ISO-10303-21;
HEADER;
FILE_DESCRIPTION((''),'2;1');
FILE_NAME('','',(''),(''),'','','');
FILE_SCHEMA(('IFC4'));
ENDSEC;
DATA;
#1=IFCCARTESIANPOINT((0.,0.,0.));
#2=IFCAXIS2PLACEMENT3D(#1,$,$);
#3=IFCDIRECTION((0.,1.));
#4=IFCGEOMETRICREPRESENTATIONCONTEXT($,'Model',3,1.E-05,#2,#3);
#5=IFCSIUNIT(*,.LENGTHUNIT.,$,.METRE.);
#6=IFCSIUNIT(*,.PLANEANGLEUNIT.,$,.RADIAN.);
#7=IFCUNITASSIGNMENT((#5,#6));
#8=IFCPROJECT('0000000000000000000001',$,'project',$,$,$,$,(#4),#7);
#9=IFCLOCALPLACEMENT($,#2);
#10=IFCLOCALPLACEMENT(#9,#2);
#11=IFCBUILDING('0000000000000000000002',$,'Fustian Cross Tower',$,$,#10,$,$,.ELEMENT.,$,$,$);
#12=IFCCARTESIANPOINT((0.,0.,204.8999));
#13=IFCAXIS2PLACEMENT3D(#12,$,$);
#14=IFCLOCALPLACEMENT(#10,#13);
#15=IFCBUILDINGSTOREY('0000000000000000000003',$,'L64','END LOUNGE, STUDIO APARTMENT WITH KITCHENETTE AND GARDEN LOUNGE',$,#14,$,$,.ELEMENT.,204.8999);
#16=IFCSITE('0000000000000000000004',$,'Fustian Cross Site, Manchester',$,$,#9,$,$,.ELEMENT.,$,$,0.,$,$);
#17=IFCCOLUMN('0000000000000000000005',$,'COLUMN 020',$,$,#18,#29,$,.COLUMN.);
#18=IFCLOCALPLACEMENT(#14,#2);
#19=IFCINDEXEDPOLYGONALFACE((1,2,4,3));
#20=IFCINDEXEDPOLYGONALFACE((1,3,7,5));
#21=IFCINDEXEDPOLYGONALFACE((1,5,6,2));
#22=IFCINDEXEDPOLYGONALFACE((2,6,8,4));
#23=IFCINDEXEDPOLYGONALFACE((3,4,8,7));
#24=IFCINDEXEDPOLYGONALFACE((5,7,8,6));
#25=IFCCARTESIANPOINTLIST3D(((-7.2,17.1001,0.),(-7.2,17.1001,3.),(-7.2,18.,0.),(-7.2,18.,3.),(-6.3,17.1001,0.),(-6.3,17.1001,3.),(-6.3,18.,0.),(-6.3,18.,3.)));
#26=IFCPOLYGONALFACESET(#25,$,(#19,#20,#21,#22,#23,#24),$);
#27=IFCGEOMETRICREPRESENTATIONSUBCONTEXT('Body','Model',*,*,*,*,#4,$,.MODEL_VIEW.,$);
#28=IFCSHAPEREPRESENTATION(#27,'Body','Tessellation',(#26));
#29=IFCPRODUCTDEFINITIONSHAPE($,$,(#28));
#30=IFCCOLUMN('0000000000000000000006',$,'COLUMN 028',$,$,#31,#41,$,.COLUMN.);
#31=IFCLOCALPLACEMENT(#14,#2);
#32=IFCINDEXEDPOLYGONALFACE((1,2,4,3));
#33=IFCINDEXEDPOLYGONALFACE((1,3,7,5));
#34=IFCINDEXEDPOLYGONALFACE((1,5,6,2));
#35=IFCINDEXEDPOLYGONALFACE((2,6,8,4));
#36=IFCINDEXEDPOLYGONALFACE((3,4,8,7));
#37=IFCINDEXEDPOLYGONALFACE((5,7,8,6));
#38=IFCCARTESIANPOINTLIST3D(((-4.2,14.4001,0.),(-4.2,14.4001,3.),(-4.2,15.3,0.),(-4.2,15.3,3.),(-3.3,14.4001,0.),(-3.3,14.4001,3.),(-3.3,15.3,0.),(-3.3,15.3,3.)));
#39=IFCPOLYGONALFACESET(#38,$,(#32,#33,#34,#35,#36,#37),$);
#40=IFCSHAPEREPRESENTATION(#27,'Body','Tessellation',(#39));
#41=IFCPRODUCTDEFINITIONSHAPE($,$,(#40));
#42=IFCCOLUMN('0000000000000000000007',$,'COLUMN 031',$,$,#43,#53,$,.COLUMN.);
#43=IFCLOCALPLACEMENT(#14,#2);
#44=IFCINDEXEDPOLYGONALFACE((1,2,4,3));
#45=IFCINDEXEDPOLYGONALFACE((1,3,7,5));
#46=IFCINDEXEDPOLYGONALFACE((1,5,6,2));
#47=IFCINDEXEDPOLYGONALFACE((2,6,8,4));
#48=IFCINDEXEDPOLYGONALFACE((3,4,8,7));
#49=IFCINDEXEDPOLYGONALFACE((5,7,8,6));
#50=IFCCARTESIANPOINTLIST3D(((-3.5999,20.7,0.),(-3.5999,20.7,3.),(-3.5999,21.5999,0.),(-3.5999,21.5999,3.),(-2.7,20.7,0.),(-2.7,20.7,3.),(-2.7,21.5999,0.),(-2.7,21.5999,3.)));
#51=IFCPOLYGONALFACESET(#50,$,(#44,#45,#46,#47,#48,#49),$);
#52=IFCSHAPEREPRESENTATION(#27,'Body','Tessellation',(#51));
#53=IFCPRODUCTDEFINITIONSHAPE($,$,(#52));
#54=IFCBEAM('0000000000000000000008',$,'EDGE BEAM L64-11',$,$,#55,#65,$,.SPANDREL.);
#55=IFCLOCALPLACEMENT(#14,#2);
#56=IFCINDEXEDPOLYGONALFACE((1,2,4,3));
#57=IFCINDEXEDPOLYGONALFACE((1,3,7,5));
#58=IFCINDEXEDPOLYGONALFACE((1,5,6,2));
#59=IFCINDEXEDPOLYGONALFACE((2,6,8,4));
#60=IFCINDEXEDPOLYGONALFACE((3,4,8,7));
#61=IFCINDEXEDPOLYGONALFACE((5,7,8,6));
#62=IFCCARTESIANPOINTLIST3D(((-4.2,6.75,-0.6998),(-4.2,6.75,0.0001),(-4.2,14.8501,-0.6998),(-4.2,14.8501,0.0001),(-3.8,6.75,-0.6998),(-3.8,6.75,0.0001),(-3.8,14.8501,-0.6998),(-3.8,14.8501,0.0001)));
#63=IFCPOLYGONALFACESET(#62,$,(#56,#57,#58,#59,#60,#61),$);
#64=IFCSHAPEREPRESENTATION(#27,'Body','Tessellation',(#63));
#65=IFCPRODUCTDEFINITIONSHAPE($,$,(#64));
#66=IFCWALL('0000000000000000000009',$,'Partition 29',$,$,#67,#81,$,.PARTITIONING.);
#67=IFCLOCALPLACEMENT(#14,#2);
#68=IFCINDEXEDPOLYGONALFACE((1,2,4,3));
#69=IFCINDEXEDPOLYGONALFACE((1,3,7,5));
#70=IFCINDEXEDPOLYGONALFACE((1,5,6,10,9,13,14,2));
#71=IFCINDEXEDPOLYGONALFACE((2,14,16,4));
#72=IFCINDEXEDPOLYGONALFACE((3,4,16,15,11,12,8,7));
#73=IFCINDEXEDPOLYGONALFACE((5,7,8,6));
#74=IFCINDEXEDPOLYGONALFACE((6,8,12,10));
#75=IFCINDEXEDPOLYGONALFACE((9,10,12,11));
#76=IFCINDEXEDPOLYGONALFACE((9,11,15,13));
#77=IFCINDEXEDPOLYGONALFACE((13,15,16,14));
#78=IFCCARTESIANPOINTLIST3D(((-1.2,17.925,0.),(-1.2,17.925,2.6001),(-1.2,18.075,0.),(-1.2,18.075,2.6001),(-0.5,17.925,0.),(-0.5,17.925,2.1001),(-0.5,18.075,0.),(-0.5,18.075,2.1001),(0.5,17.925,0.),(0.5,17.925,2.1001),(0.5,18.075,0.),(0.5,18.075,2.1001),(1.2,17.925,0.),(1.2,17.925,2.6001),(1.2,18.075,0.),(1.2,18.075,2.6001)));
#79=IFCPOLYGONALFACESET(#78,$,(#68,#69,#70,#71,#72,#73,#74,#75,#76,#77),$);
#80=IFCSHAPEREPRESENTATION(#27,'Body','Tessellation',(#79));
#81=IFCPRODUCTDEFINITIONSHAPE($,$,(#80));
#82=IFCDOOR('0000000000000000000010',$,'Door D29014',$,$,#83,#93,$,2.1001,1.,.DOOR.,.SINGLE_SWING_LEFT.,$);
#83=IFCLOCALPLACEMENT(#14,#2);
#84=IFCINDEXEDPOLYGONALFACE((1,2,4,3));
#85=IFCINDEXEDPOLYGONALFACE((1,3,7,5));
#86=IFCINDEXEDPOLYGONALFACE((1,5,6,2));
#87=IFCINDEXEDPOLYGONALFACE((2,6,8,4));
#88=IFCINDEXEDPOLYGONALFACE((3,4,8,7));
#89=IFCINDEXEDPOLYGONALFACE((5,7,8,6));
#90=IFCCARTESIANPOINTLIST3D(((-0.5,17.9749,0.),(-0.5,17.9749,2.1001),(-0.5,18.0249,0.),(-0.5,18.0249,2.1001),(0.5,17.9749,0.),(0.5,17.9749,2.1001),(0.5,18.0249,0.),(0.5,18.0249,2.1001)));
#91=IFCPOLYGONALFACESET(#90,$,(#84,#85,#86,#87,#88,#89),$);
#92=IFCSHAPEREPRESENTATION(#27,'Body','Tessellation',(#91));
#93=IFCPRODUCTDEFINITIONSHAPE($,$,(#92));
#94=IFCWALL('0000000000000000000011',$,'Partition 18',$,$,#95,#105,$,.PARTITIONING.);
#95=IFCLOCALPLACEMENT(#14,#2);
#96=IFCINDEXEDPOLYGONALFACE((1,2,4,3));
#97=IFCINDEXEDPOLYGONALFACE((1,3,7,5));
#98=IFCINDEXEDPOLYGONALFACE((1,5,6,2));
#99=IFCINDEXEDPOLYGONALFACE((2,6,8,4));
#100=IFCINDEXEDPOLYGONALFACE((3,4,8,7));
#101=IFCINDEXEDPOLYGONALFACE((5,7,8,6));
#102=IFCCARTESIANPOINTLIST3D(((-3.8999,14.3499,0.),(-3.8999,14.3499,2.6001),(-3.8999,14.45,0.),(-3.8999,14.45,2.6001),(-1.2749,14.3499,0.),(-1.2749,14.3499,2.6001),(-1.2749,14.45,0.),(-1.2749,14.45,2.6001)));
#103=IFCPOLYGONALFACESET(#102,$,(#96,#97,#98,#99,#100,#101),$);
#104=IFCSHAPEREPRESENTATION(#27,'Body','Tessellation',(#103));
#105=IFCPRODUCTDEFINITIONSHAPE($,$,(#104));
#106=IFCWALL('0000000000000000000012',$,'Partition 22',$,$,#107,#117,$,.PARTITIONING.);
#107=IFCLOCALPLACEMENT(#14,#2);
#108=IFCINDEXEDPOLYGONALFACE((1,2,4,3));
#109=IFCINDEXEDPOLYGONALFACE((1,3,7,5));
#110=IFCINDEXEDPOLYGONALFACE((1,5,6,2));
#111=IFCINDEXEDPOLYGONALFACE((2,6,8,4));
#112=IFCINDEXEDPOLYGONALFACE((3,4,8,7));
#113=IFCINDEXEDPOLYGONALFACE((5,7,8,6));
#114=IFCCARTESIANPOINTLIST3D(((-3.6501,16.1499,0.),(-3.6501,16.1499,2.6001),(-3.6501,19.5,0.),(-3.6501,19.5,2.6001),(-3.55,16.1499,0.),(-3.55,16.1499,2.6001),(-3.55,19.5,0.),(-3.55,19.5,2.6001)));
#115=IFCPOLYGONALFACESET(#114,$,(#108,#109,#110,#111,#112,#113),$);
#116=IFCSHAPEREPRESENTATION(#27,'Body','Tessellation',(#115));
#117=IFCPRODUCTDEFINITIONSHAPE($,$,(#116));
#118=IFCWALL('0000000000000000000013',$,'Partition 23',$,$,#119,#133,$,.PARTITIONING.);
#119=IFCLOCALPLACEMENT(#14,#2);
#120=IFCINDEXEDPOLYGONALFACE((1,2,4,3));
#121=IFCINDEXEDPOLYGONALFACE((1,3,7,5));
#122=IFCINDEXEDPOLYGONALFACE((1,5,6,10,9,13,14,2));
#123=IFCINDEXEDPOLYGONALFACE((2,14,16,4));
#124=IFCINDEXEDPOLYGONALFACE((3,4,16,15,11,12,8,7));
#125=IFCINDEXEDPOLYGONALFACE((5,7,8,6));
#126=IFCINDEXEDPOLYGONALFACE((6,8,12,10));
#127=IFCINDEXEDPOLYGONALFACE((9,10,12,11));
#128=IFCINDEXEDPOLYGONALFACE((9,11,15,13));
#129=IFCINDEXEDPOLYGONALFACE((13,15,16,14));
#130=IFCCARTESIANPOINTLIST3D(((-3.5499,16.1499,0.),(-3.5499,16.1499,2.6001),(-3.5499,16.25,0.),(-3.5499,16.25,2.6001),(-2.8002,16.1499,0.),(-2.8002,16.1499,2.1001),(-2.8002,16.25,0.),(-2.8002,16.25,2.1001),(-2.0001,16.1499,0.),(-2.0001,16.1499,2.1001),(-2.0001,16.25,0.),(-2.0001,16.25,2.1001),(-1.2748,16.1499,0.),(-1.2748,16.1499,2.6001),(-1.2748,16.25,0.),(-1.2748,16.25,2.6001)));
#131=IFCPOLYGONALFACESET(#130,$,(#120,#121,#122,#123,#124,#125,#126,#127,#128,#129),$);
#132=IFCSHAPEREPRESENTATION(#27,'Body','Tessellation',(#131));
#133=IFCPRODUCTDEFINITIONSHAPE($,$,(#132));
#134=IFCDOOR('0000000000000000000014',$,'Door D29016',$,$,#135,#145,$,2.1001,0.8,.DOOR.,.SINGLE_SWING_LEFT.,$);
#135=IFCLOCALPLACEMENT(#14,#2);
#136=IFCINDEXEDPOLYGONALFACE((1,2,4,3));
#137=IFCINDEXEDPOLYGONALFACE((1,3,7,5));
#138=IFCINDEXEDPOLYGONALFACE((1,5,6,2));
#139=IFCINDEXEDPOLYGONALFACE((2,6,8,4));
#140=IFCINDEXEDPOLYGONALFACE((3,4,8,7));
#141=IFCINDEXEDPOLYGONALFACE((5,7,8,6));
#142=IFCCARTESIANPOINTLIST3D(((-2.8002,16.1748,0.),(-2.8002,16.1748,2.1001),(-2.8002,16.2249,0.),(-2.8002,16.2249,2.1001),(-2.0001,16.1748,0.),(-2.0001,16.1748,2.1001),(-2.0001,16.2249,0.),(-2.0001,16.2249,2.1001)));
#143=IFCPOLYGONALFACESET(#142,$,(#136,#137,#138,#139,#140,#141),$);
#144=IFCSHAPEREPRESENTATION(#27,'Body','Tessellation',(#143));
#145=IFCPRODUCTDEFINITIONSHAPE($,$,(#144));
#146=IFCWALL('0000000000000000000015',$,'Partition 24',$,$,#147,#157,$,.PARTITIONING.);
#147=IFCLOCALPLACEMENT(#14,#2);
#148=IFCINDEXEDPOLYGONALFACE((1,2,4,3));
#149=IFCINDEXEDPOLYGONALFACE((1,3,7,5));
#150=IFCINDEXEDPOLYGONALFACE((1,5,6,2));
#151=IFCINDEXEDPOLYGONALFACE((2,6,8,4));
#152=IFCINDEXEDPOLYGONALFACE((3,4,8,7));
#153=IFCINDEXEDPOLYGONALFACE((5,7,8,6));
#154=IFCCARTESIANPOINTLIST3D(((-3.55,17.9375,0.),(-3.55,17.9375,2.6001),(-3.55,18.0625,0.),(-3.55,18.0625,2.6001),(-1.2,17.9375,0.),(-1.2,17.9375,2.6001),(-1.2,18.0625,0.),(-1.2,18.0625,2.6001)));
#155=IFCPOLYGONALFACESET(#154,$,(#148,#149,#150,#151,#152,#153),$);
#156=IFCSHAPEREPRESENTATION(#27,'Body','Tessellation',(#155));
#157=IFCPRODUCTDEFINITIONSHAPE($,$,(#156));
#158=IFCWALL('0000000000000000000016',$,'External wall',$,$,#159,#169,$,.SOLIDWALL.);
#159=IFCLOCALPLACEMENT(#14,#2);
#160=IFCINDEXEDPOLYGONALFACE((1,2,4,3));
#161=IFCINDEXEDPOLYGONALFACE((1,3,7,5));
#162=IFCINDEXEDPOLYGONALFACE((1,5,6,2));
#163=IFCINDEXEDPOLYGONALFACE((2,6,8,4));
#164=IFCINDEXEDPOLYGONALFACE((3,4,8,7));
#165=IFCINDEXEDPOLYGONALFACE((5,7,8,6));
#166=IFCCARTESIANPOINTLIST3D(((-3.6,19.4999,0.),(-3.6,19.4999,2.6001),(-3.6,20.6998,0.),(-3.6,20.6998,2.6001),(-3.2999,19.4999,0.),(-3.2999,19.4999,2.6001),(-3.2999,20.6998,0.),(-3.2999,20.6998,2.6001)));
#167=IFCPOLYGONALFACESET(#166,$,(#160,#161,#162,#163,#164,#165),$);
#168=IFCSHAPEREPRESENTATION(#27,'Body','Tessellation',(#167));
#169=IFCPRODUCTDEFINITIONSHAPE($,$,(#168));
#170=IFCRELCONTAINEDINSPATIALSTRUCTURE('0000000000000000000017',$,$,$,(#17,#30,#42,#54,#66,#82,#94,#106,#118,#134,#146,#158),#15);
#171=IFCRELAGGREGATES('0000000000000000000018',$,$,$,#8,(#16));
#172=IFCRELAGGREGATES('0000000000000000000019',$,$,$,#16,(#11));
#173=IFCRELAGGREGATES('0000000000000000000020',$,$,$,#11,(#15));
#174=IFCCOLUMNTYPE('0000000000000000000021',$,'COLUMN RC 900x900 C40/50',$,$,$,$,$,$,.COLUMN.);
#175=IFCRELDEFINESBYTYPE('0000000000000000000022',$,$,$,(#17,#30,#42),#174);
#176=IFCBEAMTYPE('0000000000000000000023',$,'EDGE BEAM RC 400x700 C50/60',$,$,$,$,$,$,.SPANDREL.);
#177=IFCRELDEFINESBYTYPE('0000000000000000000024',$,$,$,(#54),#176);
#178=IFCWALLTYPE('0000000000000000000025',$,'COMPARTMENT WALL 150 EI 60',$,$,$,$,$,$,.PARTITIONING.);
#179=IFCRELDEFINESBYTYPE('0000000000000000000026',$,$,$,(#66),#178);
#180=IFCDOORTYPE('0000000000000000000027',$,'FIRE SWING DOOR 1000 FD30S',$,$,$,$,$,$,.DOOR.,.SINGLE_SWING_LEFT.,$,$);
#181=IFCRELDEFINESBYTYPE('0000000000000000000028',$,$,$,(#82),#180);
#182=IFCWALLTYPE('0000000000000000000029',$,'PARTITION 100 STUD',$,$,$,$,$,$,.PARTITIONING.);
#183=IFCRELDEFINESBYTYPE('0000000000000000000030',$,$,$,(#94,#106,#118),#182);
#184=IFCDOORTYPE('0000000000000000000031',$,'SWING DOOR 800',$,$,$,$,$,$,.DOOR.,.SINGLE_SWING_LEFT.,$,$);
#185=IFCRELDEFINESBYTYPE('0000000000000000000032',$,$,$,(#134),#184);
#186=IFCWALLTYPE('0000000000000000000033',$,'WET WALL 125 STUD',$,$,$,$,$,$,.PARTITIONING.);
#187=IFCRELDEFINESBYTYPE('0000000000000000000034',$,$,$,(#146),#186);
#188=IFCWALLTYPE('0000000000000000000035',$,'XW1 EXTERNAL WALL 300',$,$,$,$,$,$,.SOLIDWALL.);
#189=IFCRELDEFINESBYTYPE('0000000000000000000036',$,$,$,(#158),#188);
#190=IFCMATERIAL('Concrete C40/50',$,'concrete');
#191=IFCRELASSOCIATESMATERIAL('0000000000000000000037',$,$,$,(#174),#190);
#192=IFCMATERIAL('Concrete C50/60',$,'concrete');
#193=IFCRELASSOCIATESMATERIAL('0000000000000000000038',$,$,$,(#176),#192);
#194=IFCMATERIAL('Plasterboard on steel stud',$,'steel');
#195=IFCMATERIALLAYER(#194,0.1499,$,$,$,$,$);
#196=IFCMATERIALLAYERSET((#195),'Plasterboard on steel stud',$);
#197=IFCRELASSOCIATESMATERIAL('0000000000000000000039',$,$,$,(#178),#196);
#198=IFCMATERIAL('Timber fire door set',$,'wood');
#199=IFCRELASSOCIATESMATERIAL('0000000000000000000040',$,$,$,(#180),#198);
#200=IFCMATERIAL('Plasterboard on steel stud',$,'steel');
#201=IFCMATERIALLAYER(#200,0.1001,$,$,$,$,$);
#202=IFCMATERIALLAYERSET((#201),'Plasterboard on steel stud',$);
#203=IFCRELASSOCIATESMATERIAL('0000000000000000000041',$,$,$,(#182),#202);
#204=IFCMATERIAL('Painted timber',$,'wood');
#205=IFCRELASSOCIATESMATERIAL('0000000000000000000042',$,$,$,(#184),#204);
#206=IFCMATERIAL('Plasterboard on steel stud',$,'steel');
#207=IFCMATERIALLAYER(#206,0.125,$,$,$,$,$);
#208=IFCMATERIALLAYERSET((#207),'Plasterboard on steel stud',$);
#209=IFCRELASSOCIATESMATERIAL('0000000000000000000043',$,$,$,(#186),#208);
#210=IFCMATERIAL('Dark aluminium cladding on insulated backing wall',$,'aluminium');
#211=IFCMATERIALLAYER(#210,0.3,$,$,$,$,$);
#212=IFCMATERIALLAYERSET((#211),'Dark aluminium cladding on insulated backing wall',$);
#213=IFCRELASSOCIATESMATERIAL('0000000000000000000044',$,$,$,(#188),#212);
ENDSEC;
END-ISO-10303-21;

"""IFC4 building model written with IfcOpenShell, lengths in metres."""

from ifc_helpers import new_model, si_unit, direction, frame, frame_2d, origin, origin_2d, place, context, subcontext, project, spatial, rectangle, extrude, material, layer, layer_set, material_profile, profile_set, type_object, element, fill, save


model = new_model("IFC4")

# Units and contexts
model_context = context("Model", 3, precision=1e-05, world=origin(), true_north=direction((0.0, 1.0)))
body_context = subcontext(model_context, "Body", "Model", "MODEL_VIEW")
ifc_project = project(units=[si_unit("LENGTHUNIT", "METRE"), si_unit("PLANEANGLEUNIT", "RADIAN")], contexts=[model_context])

# Site, building, storey
site_placement = place(None, origin())
site = spatial("IfcSite", under=ifc_project, at=site_placement, Name="Fustian Cross Site, Manchester", CompositionType="ELEMENT", RefElevation=0.0)
building_placement = place(site_placement, origin())
building = spatial("IfcBuilding", under=site, at=building_placement, Name="Fustian Cross Tower", CompositionType="ELEMENT")
storey_placement = place(building_placement, frame((0.0, 0.0, 204.8999)))
storey = spatial("IfcBuildingStorey", under=building, at=storey_placement, Name="L64", Description="END LOUNGE, STUDIO APARTMENT WITH KITCHENETTE AND GARDEN LOUNGE", CompositionType="ELEMENT", Elevation=204.8999)

# Columns
ifc_material_1 = material(Name="Concrete C40/50", Category="concrete")
ifc_material_profile_1 = material_profile(ifc_material_1, rectangle(XDim=0.8999, YDim=0.8999, at=origin_2d()), Name="RC 900x900")
ifc_profile_set_1 = profile_set([ifc_material_profile_1], Name="Concrete C40/50")
column_type = type_object("IfcColumnType", Name="COLUMN RC 900x900 C40/50", PredefinedType="COLUMN", material=ifc_profile_set_1)
for number, where, z_axis, x_axis, name in (
    (1, (-6.75, 17.55, 0.0), (0.0, 0.0, 1.0), (1.0, 0.0, 0.0), "COLUMN 020"),
    (2, (-3.75, 14.8501, 0.0), (0.0, 0.0, 1.0), (1.0, 0.0, 0.0), "COLUMN 028"),
    (3, (-3.1499, 21.1499, 0.0), (0.0, 0.0, 1.0), (1.0, 0.0, 0.0), "COLUMN 031"),
):
    element("IfcColumn", number, at=place(storey_placement, frame(where, z_axis=z_axis, x_axis=x_axis)), inside=storey, type_object=column_type, Name=name, PredefinedType="COLUMN", context=body_context, shape_type="SweptSolid", body=[
        extrude(rectangle(XDim=0.8999, YDim=0.8999, at=origin_2d()), origin(), (0.0, 0.0, 1.0), 3.0),
    ])

# Beam
ifc_material_2 = material(Name="Concrete C50/60", Category="concrete")
ifc_material_profile_2 = material_profile(ifc_material_2, rectangle(XDim=0.3999, YDim=0.7, at=origin_2d()), Name="RC 400x700")
ifc_profile_set_2 = profile_set([ifc_material_profile_2], Name="Concrete C50/60")
beam_type = type_object("IfcBeamType", Name="EDGE BEAM RC 400x700 C50/60", PredefinedType="SPANDREL", material=ifc_profile_set_2)
beam_placement = place(storey_placement, frame((-4.0, 14.8501, -0.3499), z_axis=(0.0, -1.0, 0.0), x_axis=(1.0, 0.0, 0.0)))
element("IfcBeam", 4, at=beam_placement, inside=storey, type_object=beam_type, Name="EDGE BEAM L64-11", PredefinedType="SPANDREL", context=body_context, shape_type="SweptSolid", body=[
    extrude(rectangle(XDim=0.3999, YDim=0.7, at=origin_2d()), origin(), (0.0, 0.0, 1.0), 8.1001),
])

# Wall, opening, door
ifc_material_3 = material(Name="Plasterboard on steel stud", Category="steel")
ifc_layer_1 = layer(ifc_material_3, 0.1499)
ifc_layer_set_1 = layer_set([ifc_layer_1], Name="Plasterboard on steel stud")
wall_type_1 = type_object("IfcWallType", Name="COMPARTMENT WALL 150 EI 60", PredefinedType="PARTITIONING", material=ifc_layer_set_1)
wall_1_placement = place(storey_placement, frame((-1.2, 18.0, 0.0), z_axis=(0.0, 0.0, 1.0), x_axis=(1.0, 0.0, 0.0)))
wall_1 = element("IfcWall", 5, at=wall_1_placement, inside=storey, type_object=wall_type_1, Name="Partition 29", PredefinedType="PARTITIONING", context=body_context, shape_type="SweptSolid", body=[
    extrude(rectangle(XDim=2.3999, YDim=0.1499, at=frame_2d((1.2, 0.0))), origin(), (0.0, 0.0, 1.0), 2.6001),
])
opening_1_placement = place(wall_1_placement, frame((0.7, 0.0, 0.0)))
opening_1 = element("IfcOpeningElement", 6, at=opening_1_placement, cuts=wall_1, PredefinedType="OPENING", context=body_context, shape_type="SweptSolid", body=[
    extrude(rectangle(XDim=1.0, YDim=2.1001, at=frame_2d((0.5, 1.05))), frame((0.0, 0.085, 0.0), z_axis=(0.0, -1.0, 0.0), x_axis=(1.0, 0.0, 0.0)), (0.0, 0.0, 1.0), 0.1699),
])
ifc_material_4 = material(Name="Timber fire door set", Category="wood")
door_type_1 = type_object("IfcDoorType", Name="FIRE SWING DOOR 1000 FD30S", OperationType="SINGLE_SWING_LEFT", PredefinedType="DOOR", material=ifc_material_4)
door_1_placement = place(opening_1_placement, origin())
door_1 = element("IfcDoor", 7, at=door_1_placement, inside=storey, type_object=door_type_1, Name="Door D29014", OperationType="SINGLE_SWING_LEFT", OverallHeight=2.1001, OverallWidth=1.0, PredefinedType="DOOR", context=body_context, shape_type="SweptSolid", body=[
    extrude(rectangle(XDim=1.0, YDim=2.1001, at=frame_2d((0.5, 1.05))), frame((0.0, 0.0249, 0.0), z_axis=(0.0, -1.0, 0.0), x_axis=(1.0, 0.0, 0.0)), (0.0, 0.0, 1.0), 0.05),
])
fill(opening_1, door_1)

# Walls
ifc_material_5 = material(Name="Plasterboard on steel stud", Category="steel")
ifc_layer_2 = layer(ifc_material_5, 0.1001)
ifc_layer_set_2 = layer_set([ifc_layer_2], Name="Plasterboard on steel stud")
wall_type_2 = type_object("IfcWallType", Name="PARTITION 100 STUD", PredefinedType="PARTITIONING", material=ifc_layer_set_2)
wall_2_placement = place(storey_placement, frame((-3.8999, 14.3999, 0.0), z_axis=(0.0, 0.0, 1.0), x_axis=(1.0, 0.0, 0.0)))
element("IfcWall", 8, at=wall_2_placement, inside=storey, type_object=wall_type_2, Name="Partition 18", PredefinedType="PARTITIONING", context=body_context, shape_type="SweptSolid", body=[
    extrude(rectangle(XDim=2.625, YDim=0.1001, at=frame_2d((1.3125, 0.0))), origin(), (0.0, 0.0, 1.0), 2.6001),
])
wall_3_placement = place(storey_placement, frame((-3.6001, 16.1499, 0.0), z_axis=(0.0, 0.0, 1.0), x_axis=(0.0, 1.0, 0.0)))
element("IfcWall", 9, at=wall_3_placement, inside=storey, type_object=wall_type_2, Name="Partition 22", PredefinedType="PARTITIONING", context=body_context, shape_type="SweptSolid", body=[
    extrude(rectangle(XDim=3.3501, YDim=0.1001, at=frame_2d((1.675, 0.0))), origin(), (0.0, 0.0, 1.0), 2.6001),
])

# Wall, opening, door
wall_4_placement = place(storey_placement, frame((-3.55, 16.2, 0.0), z_axis=(0.0, 0.0, 1.0), x_axis=(1.0, 0.0, 0.0)))
wall_4 = element("IfcWall", 10, at=wall_4_placement, inside=storey, type_object=wall_type_2, Name="Partition 23", PredefinedType="PARTITIONING", context=body_context, shape_type="SweptSolid", body=[
    extrude(rectangle(XDim=2.2751, YDim=0.1001, at=frame_2d((1.1377, 0.0))), origin(), (0.0, 0.0, 1.0), 2.6001),
])
opening_2_placement = place(wall_4_placement, frame((0.75, 0.0, 0.0)))
opening_2 = element("IfcOpeningElement", 11, at=opening_2_placement, cuts=wall_4, PredefinedType="OPENING", context=body_context, shape_type="SweptSolid", body=[
    extrude(rectangle(XDim=0.8, YDim=2.1001, at=frame_2d((0.3999, 1.05))), frame((0.0, 0.0601, 0.0), z_axis=(0.0, -1.0, 0.0), x_axis=(1.0, 0.0, 0.0)), (0.0, 0.0, 1.0), 0.1201),
])
ifc_material_6 = material(Name="Painted timber", Category="wood")
door_type_2 = type_object("IfcDoorType", Name="SWING DOOR 800", OperationType="SINGLE_SWING_LEFT", PredefinedType="DOOR", material=ifc_material_6)
door_2_placement = place(opening_2_placement, origin())
door_2 = element("IfcDoor", 12, at=door_2_placement, inside=storey, type_object=door_type_2, Name="Door D29016", OperationType="SINGLE_SWING_LEFT", OverallHeight=2.1001, OverallWidth=0.8, PredefinedType="DOOR", context=body_context, shape_type="SweptSolid", body=[
    extrude(rectangle(XDim=0.8, YDim=2.1001, at=frame_2d((0.3999, 1.05))), frame((0.0, 0.0249, 0.0), z_axis=(0.0, -1.0, 0.0), x_axis=(1.0, 0.0, 0.0)), (0.0, 0.0, 1.0), 0.05),
])
fill(opening_2, door_2)

# Walls
ifc_material_7 = material(Name="Plasterboard on steel stud", Category="steel")
ifc_layer_3 = layer(ifc_material_7, 0.125)
ifc_layer_set_3 = layer_set([ifc_layer_3], Name="Plasterboard on steel stud")
wall_type_3 = type_object("IfcWallType", Name="WET WALL 125 STUD", PredefinedType="PARTITIONING", material=ifc_layer_set_3)
wall_5_placement = place(storey_placement, frame((-3.55, 18.0, 0.0), z_axis=(0.0, 0.0, 1.0), x_axis=(1.0, 0.0, 0.0)))
element("IfcWall", 13, at=wall_5_placement, inside=storey, type_object=wall_type_3, Name="Partition 24", PredefinedType="PARTITIONING", context=body_context, shape_type="SweptSolid", body=[
    extrude(rectangle(XDim=2.3501, YDim=0.125, at=frame_2d((1.175, 0.0))), origin(), (0.0, 0.0, 1.0), 2.6001),
])
ifc_material_8 = material(Name="Dark aluminium cladding on insulated backing wall", Category="aluminium")
ifc_layer_4 = layer(ifc_material_8, 0.3)
ifc_layer_set_4 = layer_set([ifc_layer_4], Name="Dark aluminium cladding on insulated backing wall")
wall_type_4 = type_object("IfcWallType", Name="XW1 EXTERNAL WALL 300", PredefinedType="SOLIDWALL", material=ifc_layer_set_4)
wall_6_placement = place(storey_placement, frame((-3.45, 20.7, 0.0), z_axis=(0.0, 0.0, 1.0), x_axis=(0.0, -1.0, 0.0)))
element("IfcWall", 14, at=wall_6_placement, inside=storey, type_object=wall_type_4, Name="External wall", PredefinedType="SOLIDWALL", context=body_context, shape_type="SweptSolid", body=[
    extrude(rectangle(XDim=1.2, YDim=0.3, at=frame_2d((0.6001, 0.0))), origin(), (0.0, 0.0, 1.0), 2.6001),
])

save(model, "model.ifc")
